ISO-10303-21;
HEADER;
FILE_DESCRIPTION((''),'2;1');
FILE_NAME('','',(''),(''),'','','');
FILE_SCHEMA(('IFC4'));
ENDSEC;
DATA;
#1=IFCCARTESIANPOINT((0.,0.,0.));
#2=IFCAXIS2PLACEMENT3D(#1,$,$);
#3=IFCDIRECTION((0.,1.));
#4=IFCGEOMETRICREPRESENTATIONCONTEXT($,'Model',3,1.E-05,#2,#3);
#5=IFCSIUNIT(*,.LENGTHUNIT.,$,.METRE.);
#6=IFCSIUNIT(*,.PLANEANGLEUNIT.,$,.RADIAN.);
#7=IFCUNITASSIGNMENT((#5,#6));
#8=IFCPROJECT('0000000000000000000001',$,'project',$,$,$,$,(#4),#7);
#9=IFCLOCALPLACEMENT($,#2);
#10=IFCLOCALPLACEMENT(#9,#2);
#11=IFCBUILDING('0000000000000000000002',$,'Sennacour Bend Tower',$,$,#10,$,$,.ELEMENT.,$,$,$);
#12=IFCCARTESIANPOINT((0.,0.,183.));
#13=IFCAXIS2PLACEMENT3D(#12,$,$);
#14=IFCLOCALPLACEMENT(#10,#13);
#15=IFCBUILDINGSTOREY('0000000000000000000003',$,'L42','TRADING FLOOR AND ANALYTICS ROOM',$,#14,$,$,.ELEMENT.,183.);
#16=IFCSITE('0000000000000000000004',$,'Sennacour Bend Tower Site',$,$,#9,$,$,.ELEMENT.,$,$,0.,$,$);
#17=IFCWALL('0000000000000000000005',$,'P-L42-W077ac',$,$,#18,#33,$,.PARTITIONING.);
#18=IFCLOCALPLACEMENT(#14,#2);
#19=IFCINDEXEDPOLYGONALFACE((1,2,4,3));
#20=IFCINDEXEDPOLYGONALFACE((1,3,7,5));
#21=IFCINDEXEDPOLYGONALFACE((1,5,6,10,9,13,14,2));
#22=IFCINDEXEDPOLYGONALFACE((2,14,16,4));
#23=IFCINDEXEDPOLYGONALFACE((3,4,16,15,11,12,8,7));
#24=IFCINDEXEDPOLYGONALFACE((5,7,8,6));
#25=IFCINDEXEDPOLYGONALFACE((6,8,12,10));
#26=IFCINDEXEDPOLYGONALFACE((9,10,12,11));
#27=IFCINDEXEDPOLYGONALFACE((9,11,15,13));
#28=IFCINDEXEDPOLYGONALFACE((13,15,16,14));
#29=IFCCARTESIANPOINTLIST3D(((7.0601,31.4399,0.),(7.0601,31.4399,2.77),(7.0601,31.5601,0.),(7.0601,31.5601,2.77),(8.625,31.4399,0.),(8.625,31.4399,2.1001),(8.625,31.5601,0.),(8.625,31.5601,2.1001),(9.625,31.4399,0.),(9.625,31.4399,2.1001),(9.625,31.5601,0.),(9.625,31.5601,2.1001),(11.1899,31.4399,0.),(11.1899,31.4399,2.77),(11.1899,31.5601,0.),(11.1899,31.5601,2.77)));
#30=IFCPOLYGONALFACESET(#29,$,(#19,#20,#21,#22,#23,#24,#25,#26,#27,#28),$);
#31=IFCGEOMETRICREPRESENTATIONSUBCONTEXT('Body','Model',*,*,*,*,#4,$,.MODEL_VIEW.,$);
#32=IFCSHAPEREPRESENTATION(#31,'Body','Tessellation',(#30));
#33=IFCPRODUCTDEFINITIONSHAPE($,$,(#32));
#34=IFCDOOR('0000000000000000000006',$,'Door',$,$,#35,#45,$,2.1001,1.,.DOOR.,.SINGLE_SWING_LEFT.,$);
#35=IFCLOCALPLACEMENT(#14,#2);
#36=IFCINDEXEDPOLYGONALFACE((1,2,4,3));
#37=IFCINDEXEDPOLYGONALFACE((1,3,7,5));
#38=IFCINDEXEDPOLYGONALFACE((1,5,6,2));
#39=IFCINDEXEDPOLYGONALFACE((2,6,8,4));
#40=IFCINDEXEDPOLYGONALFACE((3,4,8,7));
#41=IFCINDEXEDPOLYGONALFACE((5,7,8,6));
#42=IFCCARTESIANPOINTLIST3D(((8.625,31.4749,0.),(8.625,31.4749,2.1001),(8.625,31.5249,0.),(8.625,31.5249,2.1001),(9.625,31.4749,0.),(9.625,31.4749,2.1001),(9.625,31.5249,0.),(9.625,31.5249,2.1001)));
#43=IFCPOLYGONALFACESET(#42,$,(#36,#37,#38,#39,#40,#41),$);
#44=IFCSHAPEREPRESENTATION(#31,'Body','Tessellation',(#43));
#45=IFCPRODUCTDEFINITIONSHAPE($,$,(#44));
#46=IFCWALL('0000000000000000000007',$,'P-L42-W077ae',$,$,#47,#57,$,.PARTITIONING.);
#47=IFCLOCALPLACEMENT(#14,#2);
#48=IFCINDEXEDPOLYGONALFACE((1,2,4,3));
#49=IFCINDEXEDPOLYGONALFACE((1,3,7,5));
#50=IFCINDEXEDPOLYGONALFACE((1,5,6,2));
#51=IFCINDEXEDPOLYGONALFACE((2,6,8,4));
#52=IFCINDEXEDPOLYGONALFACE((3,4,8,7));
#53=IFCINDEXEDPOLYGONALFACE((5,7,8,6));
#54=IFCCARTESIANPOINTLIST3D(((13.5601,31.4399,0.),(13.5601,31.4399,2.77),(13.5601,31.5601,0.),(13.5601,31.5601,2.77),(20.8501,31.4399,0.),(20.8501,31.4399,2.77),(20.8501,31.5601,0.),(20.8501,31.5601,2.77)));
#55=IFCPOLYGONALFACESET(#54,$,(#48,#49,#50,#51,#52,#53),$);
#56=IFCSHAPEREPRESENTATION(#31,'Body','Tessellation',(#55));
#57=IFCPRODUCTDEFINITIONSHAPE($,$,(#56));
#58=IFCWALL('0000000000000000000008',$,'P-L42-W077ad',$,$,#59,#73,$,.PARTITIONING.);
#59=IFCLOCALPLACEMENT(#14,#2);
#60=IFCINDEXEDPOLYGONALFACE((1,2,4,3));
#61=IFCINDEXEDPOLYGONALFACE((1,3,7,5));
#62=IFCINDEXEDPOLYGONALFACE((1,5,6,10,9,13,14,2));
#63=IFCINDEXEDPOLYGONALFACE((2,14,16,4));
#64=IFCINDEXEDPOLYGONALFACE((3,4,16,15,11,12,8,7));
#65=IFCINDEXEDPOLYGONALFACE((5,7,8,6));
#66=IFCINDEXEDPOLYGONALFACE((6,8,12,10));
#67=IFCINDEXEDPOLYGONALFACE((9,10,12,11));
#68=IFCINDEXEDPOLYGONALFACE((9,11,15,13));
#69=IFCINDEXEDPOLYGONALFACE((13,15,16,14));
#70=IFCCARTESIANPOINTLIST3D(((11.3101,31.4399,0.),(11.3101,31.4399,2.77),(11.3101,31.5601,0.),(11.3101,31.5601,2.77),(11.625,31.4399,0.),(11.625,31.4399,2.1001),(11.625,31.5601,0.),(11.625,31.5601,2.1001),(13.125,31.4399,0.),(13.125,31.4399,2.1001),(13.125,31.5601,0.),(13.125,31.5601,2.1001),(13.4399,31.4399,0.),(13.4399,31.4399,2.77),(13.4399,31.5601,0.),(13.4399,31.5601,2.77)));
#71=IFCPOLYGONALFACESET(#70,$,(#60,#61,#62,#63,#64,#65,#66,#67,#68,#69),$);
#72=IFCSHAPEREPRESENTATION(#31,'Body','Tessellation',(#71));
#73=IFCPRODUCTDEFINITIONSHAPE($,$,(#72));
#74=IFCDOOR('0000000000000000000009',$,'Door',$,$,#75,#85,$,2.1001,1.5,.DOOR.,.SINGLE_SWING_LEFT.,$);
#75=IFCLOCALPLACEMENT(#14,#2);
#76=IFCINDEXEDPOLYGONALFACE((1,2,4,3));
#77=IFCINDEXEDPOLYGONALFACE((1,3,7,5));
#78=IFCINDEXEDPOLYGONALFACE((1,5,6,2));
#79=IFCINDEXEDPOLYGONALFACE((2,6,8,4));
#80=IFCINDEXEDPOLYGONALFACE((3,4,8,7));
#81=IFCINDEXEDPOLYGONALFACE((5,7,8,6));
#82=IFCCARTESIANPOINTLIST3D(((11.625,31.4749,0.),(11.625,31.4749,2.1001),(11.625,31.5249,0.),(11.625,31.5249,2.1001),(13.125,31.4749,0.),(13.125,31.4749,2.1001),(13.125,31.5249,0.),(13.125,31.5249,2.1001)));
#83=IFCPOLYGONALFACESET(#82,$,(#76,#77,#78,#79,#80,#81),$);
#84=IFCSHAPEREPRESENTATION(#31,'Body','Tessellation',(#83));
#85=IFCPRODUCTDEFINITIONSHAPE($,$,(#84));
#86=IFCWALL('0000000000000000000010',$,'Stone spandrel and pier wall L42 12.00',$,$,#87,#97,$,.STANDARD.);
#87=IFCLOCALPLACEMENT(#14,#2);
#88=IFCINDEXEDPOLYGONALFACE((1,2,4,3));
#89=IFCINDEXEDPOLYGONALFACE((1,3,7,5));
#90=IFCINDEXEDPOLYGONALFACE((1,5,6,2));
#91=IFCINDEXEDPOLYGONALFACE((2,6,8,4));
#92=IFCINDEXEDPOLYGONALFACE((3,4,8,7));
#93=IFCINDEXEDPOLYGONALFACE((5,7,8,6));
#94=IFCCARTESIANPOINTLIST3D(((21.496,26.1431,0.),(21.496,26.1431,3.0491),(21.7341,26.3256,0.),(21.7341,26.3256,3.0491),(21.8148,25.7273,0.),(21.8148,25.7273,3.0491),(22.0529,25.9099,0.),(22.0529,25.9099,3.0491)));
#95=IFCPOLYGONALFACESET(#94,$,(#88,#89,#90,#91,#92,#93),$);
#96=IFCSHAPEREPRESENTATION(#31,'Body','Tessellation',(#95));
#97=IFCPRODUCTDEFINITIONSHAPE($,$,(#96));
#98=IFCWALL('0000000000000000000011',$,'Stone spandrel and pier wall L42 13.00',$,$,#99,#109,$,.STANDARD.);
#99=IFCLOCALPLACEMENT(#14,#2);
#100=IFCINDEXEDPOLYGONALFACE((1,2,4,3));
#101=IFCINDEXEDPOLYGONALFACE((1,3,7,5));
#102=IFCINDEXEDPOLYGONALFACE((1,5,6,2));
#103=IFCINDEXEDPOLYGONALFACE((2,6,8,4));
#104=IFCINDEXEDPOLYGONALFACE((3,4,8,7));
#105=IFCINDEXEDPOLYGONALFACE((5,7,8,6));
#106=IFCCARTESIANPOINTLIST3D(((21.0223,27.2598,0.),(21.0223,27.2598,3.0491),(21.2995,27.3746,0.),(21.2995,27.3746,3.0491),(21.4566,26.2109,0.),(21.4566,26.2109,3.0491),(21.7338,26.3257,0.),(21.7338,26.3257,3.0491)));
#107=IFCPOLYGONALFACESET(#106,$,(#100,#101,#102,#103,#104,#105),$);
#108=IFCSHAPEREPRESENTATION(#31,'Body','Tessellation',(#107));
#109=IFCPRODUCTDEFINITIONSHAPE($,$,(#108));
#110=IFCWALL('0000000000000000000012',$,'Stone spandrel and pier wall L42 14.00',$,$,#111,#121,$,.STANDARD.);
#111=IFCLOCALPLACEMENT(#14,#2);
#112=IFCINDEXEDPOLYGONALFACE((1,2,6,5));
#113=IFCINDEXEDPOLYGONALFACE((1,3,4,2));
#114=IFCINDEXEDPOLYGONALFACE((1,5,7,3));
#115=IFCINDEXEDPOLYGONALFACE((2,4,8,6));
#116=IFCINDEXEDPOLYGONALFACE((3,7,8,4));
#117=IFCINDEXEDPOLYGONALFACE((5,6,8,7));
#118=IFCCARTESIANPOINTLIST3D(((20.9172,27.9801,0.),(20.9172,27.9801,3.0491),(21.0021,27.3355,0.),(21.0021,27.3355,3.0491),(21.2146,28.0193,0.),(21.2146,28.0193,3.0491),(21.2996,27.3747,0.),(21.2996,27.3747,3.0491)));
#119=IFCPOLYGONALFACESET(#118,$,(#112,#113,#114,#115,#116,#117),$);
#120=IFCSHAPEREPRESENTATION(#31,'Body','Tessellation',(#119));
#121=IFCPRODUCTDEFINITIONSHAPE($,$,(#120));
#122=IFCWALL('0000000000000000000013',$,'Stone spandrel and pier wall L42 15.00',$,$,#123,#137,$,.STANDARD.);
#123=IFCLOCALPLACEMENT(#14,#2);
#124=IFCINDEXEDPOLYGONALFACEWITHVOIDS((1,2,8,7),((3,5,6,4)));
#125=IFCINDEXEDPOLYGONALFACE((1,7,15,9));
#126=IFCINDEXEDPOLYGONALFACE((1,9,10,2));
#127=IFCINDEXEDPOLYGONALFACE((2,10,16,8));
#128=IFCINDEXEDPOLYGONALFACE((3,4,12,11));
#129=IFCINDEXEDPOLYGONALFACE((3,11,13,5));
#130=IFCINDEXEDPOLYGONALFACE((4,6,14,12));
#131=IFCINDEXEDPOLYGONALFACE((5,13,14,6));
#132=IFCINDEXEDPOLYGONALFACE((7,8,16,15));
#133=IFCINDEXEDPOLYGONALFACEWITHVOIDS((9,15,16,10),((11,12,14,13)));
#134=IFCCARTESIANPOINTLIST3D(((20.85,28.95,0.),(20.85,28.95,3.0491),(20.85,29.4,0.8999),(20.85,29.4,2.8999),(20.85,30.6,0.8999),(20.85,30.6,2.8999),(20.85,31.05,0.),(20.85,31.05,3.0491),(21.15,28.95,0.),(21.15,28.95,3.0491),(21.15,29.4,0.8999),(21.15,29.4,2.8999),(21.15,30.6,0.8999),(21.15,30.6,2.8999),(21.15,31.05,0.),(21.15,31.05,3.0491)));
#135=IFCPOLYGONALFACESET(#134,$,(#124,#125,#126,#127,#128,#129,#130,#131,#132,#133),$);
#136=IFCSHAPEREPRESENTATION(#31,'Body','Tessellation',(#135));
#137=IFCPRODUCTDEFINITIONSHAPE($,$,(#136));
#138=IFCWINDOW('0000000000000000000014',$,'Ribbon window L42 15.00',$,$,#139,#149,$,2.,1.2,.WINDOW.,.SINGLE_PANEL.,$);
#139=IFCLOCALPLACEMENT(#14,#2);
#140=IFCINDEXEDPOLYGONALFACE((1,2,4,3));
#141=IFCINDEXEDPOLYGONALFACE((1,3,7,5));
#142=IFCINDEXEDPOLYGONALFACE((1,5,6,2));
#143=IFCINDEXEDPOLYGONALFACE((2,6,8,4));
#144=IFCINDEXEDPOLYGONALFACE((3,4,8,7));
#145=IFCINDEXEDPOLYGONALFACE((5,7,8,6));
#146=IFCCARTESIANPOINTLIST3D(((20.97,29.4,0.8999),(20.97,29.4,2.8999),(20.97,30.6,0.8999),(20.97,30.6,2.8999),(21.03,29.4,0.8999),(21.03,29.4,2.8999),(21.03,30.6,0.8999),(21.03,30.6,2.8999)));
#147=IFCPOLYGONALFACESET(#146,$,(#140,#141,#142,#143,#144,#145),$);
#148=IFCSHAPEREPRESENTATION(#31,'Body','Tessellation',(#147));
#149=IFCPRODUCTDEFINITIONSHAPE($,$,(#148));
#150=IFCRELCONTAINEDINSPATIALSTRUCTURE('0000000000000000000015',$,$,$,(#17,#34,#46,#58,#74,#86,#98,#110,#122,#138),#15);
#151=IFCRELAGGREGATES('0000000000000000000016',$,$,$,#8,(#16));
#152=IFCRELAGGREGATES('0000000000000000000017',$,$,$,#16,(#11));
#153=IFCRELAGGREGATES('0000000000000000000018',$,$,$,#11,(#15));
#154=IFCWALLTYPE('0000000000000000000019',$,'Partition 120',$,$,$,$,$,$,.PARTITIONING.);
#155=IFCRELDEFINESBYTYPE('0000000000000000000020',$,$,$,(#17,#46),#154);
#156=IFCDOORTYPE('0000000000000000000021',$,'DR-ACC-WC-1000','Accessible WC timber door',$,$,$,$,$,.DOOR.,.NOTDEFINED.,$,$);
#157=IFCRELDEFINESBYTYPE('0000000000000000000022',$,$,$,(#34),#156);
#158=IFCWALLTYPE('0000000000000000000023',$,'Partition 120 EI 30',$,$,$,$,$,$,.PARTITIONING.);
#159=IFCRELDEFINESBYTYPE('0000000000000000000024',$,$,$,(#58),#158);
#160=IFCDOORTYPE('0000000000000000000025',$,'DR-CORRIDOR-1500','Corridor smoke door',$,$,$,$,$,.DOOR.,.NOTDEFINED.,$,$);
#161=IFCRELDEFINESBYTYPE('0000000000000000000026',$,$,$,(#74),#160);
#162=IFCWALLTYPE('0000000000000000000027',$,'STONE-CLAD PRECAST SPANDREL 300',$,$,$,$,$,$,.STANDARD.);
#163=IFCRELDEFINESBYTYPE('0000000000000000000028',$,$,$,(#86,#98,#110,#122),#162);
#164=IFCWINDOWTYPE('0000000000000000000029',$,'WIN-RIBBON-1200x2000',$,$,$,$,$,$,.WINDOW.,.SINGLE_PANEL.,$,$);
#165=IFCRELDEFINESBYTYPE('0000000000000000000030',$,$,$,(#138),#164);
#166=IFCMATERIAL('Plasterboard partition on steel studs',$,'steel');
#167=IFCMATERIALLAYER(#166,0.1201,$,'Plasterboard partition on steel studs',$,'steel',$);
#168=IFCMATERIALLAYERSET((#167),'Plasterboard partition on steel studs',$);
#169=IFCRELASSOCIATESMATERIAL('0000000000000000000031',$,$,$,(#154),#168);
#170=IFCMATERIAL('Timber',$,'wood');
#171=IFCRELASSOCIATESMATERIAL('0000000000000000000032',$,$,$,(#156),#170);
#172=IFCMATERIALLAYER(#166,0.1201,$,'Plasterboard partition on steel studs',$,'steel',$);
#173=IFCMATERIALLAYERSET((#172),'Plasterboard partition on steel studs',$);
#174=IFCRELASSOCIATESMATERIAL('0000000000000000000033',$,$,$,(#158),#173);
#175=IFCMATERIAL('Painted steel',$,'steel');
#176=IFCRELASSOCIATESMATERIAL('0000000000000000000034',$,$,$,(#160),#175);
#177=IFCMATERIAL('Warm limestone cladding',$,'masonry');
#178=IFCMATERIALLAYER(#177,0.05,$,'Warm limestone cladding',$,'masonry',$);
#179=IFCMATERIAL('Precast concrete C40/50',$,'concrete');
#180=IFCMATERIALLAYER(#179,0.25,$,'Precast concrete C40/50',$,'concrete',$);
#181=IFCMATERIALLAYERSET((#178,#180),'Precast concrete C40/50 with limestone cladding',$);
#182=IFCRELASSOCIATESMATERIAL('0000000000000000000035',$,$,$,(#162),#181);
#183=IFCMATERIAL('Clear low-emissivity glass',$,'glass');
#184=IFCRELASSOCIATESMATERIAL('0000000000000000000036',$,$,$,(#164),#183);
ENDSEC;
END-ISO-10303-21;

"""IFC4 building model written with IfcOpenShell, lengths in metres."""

from ifc_helpers import new_model, si_unit, direction, frame, frame_2d, origin, place, context, subcontext, project, spatial, rectangle, extrude, material, layer, layer_set, type_object, element, fill, save


model = new_model("IFC4")

# Units and contexts
model_context = context("Model", 3, precision=1e-05, world=origin(), true_north=direction((0.0, 1.0)))
body_context = subcontext(model_context, "Body", "Model", "MODEL_VIEW")
ifc_project = project(units=[si_unit("LENGTHUNIT", "METRE"), si_unit("PLANEANGLEUNIT", "RADIAN")], contexts=[model_context])

# Site, building, storey
site_placement = place(None, origin())
site = spatial("IfcSite", under=ifc_project, at=site_placement, Name="Sennacour Bend Tower Site", CompositionType="ELEMENT", RefElevation=0.0)
building_placement = place(site_placement, origin())
building = spatial("IfcBuilding", under=site, at=building_placement, Name="Sennacour Bend Tower", CompositionType="ELEMENT")
storey_placement = place(building_placement, frame((0.0, 0.0, 183.0)))
storey = spatial("IfcBuildingStorey", under=building, at=storey_placement, Name="L42", Description="TRADING FLOOR AND ANALYTICS ROOM", CompositionType="ELEMENT", Elevation=183.0)

# Shared definitions
ifc_material_1 = material(Name="Plasterboard partition on steel studs", Category="steel")
ifc_layer_1 = layer(ifc_material_1, 0.1201, Name="Plasterboard partition on steel studs", Category="steel")
ifc_layer_set_1 = layer_set([ifc_layer_1], Name="Plasterboard partition on steel studs")
wall_type_1 = type_object("IfcWallType", Name="Partition 120", PredefinedType="PARTITIONING", material=ifc_layer_set_1)

# Wall, opening, door
wall_1_placement = place(storey_placement, frame((7.0601, 31.5, 0.0), z_axis=(0.0, 0.0, 1.0), x_axis=(1.0, 0.0, 0.0)))
wall_1 = element("IfcWall", 1, at=wall_1_placement, inside=storey, type_object=wall_type_1, Name="P-L42-W077ac", PredefinedType="PARTITIONING", context=body_context, shape_type="SweptSolid", body=[
    extrude(rectangle(XDim=4.1299, YDim=0.1201, at=frame_2d((2.0649, 0.0))), origin(), (0.0, 0.0, 1.0), 2.77),
])
opening_1_placement = place(wall_1_placement, frame((1.5649, 0.0, 0.0)))
opening_1 = element("IfcOpeningElement", 2, at=opening_1_placement, cuts=wall_1, PredefinedType="OPENING", context=body_context, shape_type="SweptSolid", body=[
    extrude(rectangle(XDim=1.0, YDim=2.1001, at=frame_2d((0.5, 1.05))), frame((0.0, 0.0701, 0.0), z_axis=(0.0, -1.0, 0.0), x_axis=(1.0, 0.0, 0.0)), (0.0, 0.0, 1.0), 0.1401),
])
ifc_material_2 = material(Name="Timber", Category="wood")
door_type_1 = type_object("IfcDoorType", Name="DR-ACC-WC-1000", Description="Accessible WC timber door", OperationType="NOTDEFINED", PredefinedType="DOOR", material=ifc_material_2)
door_1_placement = place(opening_1_placement, origin())
door_1 = element("IfcDoor", 3, at=door_1_placement, inside=storey, type_object=door_type_1, Name="Door", OperationType="SINGLE_SWING_LEFT", OverallHeight=2.1001, OverallWidth=1.0, PredefinedType="DOOR", context=body_context, shape_type="SweptSolid", body=[
    extrude(rectangle(XDim=1.0, YDim=2.1001, at=frame_2d((0.5, 1.05))), frame((0.0, 0.0249, 0.0), z_axis=(0.0, -1.0, 0.0), x_axis=(1.0, 0.0, 0.0)), (0.0, 0.0, 1.0), 0.05),
])
fill(opening_1, door_1)

# Wall
wall_2_placement = place(storey_placement, frame((13.5601, 31.5, 0.0), z_axis=(0.0, 0.0, 1.0), x_axis=(1.0, 0.0, 0.0)))
element("IfcWall", 4, at=wall_2_placement, inside=storey, type_object=wall_type_1, Name="P-L42-W077ae", PredefinedType="PARTITIONING", context=body_context, shape_type="SweptSolid", body=[
    extrude(rectangle(XDim=7.29, YDim=0.1201, at=frame_2d((3.645, 0.0))), origin(), (0.0, 0.0, 1.0), 2.77),
])

# Wall, opening, door
ifc_layer_2 = layer(ifc_material_1, 0.1201, Name="Plasterboard partition on steel studs", Category="steel")
ifc_layer_set_2 = layer_set([ifc_layer_2], Name="Plasterboard partition on steel studs")
wall_type_2 = type_object("IfcWallType", Name="Partition 120 EI 30", PredefinedType="PARTITIONING", material=ifc_layer_set_2)
wall_3_placement = place(storey_placement, frame((11.3101, 31.5, 0.0), z_axis=(0.0, 0.0, 1.0), x_axis=(1.0, 0.0, 0.0)))
wall_3 = element("IfcWall", 5, at=wall_3_placement, inside=storey, type_object=wall_type_2, Name="P-L42-W077ad", PredefinedType="PARTITIONING", context=body_context, shape_type="SweptSolid", body=[
    extrude(rectangle(XDim=2.1299, YDim=0.1201, at=frame_2d((1.0649, 0.0))), origin(), (0.0, 0.0, 1.0), 2.77),
])
opening_2_placement = place(wall_3_placement, frame((0.3149, 0.0, 0.0)))
opening_2 = element("IfcOpeningElement", 6, at=opening_2_placement, cuts=wall_3, PredefinedType="OPENING", context=body_context, shape_type="SweptSolid", body=[
    extrude(rectangle(XDim=1.5, YDim=2.1001, at=frame_2d((0.75, 1.05))), frame((0.0, 0.0701, 0.0), z_axis=(0.0, -1.0, 0.0), x_axis=(1.0, 0.0, 0.0)), (0.0, 0.0, 1.0), 0.1401),
])
ifc_material_3 = material(Name="Painted steel", Category="steel")
door_type_2 = type_object("IfcDoorType", Name="DR-CORRIDOR-1500", Description="Corridor smoke door", OperationType="NOTDEFINED", PredefinedType="DOOR", material=ifc_material_3)
door_2_placement = place(opening_2_placement, origin())
door_2 = element("IfcDoor", 7, at=door_2_placement, inside=storey, type_object=door_type_2, Name="Door", OperationType="SINGLE_SWING_LEFT", OverallHeight=2.1001, OverallWidth=1.5, PredefinedType="DOOR", context=body_context, shape_type="SweptSolid", body=[
    extrude(rectangle(XDim=1.5, YDim=2.1001, at=frame_2d((0.75, 1.05))), frame((0.0, 0.0249, 0.0), z_axis=(0.0, -1.0, 0.0), x_axis=(1.0, 0.0, 0.0)), (0.0, 0.0, 1.0), 0.05),
])
fill(opening_2, door_2)

# Walls
ifc_material_4 = material(Name="Warm limestone cladding", Category="masonry")
ifc_layer_3 = layer(ifc_material_4, 0.05, Name="Warm limestone cladding", Category="masonry")
ifc_material_5 = material(Name="Precast concrete C40/50", Category="concrete")
ifc_layer_4 = layer(ifc_material_5, 0.25, Name="Precast concrete C40/50", Category="concrete")
ifc_layer_set_3 = layer_set([ifc_layer_3, ifc_layer_4], Name="Precast concrete C40/50 with limestone cladding")
wall_type_3 = type_object("IfcWallType", Name="STONE-CLAD PRECAST SPANDREL 300", PredefinedType="STANDARD", material=ifc_layer_set_3)
wall_4_placement = place(storey_placement, frame((21.9338, 25.8186, 0.0), z_axis=(0.0, 0.0, 1.0), x_axis=(-0.608539, 0.793524, 0.0)))
element("IfcWall", 8, at=wall_4_placement, inside=storey, type_object=wall_type_3, Name="Stone spandrel and pier wall L42 12.00", PredefinedType="STANDARD", context=body_context, shape_type="SweptSolid", body=[
    extrude(rectangle(XDim=0.5239, YDim=0.3, at=frame_2d((0.262, 0.0))), origin(), (0.0, 0.0, 1.0), 3.0491),
])
wall_5_placement = place(storey_placement, frame((21.5952, 26.2683, 0.0), z_axis=(0.0, 0.0, 1.0), x_axis=(-0.382599, 0.923915, 0.0)))
element("IfcWall", 9, at=wall_5_placement, inside=storey, type_object=wall_type_3, Name="Stone spandrel and pier wall L42 13.00", PredefinedType="STANDARD", context=body_context, shape_type="SweptSolid", body=[
    extrude(rectangle(XDim=1.1353, YDim=0.3, at=frame_2d((0.5676, 0.0))), origin(), (0.0, 0.0, 1.0), 3.0491),
])
wall_6_placement = place(storey_placement, frame((21.1509, 27.355, 0.0), z_axis=(0.0, 0.0, 1.0), x_axis=(-0.130688, 0.991424, 0.0)))
element("IfcWall", 10, at=wall_6_placement, inside=storey, type_object=wall_type_3, Name="Stone spandrel and pier wall L42 14.00", PredefinedType="STANDARD", context=body_context, shape_type="SweptSolid", body=[
    extrude(rectangle(XDim=0.6501, YDim=0.3, at=frame_2d((0.3252, 0.0))), origin(), (0.0, 0.0, 1.0), 3.0491),
])

# Wall, opening, window
wall_7_placement = place(storey_placement, frame((21.0, 28.95, 0.0), z_axis=(0.0, 0.0, 1.0), x_axis=(0.0, 1.0, 0.0)))
wall_7 = element("IfcWall", 11, at=wall_7_placement, inside=storey, type_object=wall_type_3, Name="Stone spandrel and pier wall L42 15.00", PredefinedType="STANDARD", context=body_context, shape_type="SweptSolid", body=[
    extrude(rectangle(XDim=2.1001, YDim=0.3, at=frame_2d((1.05, 0.0))), origin(), (0.0, 0.0, 1.0), 3.0491),
])
opening_3_placement = place(wall_7_placement, frame((0.45, 0.0, 0.8999)))
opening_3 = element("IfcOpeningElement", 12, at=opening_3_placement, cuts=wall_7, PredefinedType="OPENING", context=body_context, shape_type="SweptSolid", body=[
    extrude(rectangle(XDim=1.2, YDim=2.0, at=frame_2d((0.6001, 1.0))), frame((0.0, 0.1602, 0.0), z_axis=(0.0, -1.0, 0.0), x_axis=(1.0, 0.0, 0.0)), (0.0, 0.0, 1.0), 0.3201),
])
ifc_material_6 = material(Name="Clear low-emissivity glass", Category="glass")
window_type_1 = type_object("IfcWindowType", Name="WIN-RIBBON-1200x2000", PartitioningType="SINGLE_PANEL", PredefinedType="WINDOW", material=ifc_material_6)
window_1_placement = place(opening_3_placement, origin())
window_1 = element("IfcWindow", 13, at=window_1_placement, inside=storey, type_object=window_type_1, Name="Ribbon window L42 15.00", OverallHeight=2.0, OverallWidth=1.2, PartitioningType="SINGLE_PANEL", PredefinedType="WINDOW", context=body_context, shape_type="SweptSolid", body=[
    extrude(rectangle(XDim=1.2, YDim=2.0, at=frame_2d((0.6001, 1.0))), frame((0.0, 0.03, 0.0), z_axis=(0.0, -1.0, 0.0), x_axis=(1.0, 0.0, 0.0)), (0.0, 0.0, 1.0), 0.0601),
])
fill(opening_3, window_1)

save(model, "model.ifc")
